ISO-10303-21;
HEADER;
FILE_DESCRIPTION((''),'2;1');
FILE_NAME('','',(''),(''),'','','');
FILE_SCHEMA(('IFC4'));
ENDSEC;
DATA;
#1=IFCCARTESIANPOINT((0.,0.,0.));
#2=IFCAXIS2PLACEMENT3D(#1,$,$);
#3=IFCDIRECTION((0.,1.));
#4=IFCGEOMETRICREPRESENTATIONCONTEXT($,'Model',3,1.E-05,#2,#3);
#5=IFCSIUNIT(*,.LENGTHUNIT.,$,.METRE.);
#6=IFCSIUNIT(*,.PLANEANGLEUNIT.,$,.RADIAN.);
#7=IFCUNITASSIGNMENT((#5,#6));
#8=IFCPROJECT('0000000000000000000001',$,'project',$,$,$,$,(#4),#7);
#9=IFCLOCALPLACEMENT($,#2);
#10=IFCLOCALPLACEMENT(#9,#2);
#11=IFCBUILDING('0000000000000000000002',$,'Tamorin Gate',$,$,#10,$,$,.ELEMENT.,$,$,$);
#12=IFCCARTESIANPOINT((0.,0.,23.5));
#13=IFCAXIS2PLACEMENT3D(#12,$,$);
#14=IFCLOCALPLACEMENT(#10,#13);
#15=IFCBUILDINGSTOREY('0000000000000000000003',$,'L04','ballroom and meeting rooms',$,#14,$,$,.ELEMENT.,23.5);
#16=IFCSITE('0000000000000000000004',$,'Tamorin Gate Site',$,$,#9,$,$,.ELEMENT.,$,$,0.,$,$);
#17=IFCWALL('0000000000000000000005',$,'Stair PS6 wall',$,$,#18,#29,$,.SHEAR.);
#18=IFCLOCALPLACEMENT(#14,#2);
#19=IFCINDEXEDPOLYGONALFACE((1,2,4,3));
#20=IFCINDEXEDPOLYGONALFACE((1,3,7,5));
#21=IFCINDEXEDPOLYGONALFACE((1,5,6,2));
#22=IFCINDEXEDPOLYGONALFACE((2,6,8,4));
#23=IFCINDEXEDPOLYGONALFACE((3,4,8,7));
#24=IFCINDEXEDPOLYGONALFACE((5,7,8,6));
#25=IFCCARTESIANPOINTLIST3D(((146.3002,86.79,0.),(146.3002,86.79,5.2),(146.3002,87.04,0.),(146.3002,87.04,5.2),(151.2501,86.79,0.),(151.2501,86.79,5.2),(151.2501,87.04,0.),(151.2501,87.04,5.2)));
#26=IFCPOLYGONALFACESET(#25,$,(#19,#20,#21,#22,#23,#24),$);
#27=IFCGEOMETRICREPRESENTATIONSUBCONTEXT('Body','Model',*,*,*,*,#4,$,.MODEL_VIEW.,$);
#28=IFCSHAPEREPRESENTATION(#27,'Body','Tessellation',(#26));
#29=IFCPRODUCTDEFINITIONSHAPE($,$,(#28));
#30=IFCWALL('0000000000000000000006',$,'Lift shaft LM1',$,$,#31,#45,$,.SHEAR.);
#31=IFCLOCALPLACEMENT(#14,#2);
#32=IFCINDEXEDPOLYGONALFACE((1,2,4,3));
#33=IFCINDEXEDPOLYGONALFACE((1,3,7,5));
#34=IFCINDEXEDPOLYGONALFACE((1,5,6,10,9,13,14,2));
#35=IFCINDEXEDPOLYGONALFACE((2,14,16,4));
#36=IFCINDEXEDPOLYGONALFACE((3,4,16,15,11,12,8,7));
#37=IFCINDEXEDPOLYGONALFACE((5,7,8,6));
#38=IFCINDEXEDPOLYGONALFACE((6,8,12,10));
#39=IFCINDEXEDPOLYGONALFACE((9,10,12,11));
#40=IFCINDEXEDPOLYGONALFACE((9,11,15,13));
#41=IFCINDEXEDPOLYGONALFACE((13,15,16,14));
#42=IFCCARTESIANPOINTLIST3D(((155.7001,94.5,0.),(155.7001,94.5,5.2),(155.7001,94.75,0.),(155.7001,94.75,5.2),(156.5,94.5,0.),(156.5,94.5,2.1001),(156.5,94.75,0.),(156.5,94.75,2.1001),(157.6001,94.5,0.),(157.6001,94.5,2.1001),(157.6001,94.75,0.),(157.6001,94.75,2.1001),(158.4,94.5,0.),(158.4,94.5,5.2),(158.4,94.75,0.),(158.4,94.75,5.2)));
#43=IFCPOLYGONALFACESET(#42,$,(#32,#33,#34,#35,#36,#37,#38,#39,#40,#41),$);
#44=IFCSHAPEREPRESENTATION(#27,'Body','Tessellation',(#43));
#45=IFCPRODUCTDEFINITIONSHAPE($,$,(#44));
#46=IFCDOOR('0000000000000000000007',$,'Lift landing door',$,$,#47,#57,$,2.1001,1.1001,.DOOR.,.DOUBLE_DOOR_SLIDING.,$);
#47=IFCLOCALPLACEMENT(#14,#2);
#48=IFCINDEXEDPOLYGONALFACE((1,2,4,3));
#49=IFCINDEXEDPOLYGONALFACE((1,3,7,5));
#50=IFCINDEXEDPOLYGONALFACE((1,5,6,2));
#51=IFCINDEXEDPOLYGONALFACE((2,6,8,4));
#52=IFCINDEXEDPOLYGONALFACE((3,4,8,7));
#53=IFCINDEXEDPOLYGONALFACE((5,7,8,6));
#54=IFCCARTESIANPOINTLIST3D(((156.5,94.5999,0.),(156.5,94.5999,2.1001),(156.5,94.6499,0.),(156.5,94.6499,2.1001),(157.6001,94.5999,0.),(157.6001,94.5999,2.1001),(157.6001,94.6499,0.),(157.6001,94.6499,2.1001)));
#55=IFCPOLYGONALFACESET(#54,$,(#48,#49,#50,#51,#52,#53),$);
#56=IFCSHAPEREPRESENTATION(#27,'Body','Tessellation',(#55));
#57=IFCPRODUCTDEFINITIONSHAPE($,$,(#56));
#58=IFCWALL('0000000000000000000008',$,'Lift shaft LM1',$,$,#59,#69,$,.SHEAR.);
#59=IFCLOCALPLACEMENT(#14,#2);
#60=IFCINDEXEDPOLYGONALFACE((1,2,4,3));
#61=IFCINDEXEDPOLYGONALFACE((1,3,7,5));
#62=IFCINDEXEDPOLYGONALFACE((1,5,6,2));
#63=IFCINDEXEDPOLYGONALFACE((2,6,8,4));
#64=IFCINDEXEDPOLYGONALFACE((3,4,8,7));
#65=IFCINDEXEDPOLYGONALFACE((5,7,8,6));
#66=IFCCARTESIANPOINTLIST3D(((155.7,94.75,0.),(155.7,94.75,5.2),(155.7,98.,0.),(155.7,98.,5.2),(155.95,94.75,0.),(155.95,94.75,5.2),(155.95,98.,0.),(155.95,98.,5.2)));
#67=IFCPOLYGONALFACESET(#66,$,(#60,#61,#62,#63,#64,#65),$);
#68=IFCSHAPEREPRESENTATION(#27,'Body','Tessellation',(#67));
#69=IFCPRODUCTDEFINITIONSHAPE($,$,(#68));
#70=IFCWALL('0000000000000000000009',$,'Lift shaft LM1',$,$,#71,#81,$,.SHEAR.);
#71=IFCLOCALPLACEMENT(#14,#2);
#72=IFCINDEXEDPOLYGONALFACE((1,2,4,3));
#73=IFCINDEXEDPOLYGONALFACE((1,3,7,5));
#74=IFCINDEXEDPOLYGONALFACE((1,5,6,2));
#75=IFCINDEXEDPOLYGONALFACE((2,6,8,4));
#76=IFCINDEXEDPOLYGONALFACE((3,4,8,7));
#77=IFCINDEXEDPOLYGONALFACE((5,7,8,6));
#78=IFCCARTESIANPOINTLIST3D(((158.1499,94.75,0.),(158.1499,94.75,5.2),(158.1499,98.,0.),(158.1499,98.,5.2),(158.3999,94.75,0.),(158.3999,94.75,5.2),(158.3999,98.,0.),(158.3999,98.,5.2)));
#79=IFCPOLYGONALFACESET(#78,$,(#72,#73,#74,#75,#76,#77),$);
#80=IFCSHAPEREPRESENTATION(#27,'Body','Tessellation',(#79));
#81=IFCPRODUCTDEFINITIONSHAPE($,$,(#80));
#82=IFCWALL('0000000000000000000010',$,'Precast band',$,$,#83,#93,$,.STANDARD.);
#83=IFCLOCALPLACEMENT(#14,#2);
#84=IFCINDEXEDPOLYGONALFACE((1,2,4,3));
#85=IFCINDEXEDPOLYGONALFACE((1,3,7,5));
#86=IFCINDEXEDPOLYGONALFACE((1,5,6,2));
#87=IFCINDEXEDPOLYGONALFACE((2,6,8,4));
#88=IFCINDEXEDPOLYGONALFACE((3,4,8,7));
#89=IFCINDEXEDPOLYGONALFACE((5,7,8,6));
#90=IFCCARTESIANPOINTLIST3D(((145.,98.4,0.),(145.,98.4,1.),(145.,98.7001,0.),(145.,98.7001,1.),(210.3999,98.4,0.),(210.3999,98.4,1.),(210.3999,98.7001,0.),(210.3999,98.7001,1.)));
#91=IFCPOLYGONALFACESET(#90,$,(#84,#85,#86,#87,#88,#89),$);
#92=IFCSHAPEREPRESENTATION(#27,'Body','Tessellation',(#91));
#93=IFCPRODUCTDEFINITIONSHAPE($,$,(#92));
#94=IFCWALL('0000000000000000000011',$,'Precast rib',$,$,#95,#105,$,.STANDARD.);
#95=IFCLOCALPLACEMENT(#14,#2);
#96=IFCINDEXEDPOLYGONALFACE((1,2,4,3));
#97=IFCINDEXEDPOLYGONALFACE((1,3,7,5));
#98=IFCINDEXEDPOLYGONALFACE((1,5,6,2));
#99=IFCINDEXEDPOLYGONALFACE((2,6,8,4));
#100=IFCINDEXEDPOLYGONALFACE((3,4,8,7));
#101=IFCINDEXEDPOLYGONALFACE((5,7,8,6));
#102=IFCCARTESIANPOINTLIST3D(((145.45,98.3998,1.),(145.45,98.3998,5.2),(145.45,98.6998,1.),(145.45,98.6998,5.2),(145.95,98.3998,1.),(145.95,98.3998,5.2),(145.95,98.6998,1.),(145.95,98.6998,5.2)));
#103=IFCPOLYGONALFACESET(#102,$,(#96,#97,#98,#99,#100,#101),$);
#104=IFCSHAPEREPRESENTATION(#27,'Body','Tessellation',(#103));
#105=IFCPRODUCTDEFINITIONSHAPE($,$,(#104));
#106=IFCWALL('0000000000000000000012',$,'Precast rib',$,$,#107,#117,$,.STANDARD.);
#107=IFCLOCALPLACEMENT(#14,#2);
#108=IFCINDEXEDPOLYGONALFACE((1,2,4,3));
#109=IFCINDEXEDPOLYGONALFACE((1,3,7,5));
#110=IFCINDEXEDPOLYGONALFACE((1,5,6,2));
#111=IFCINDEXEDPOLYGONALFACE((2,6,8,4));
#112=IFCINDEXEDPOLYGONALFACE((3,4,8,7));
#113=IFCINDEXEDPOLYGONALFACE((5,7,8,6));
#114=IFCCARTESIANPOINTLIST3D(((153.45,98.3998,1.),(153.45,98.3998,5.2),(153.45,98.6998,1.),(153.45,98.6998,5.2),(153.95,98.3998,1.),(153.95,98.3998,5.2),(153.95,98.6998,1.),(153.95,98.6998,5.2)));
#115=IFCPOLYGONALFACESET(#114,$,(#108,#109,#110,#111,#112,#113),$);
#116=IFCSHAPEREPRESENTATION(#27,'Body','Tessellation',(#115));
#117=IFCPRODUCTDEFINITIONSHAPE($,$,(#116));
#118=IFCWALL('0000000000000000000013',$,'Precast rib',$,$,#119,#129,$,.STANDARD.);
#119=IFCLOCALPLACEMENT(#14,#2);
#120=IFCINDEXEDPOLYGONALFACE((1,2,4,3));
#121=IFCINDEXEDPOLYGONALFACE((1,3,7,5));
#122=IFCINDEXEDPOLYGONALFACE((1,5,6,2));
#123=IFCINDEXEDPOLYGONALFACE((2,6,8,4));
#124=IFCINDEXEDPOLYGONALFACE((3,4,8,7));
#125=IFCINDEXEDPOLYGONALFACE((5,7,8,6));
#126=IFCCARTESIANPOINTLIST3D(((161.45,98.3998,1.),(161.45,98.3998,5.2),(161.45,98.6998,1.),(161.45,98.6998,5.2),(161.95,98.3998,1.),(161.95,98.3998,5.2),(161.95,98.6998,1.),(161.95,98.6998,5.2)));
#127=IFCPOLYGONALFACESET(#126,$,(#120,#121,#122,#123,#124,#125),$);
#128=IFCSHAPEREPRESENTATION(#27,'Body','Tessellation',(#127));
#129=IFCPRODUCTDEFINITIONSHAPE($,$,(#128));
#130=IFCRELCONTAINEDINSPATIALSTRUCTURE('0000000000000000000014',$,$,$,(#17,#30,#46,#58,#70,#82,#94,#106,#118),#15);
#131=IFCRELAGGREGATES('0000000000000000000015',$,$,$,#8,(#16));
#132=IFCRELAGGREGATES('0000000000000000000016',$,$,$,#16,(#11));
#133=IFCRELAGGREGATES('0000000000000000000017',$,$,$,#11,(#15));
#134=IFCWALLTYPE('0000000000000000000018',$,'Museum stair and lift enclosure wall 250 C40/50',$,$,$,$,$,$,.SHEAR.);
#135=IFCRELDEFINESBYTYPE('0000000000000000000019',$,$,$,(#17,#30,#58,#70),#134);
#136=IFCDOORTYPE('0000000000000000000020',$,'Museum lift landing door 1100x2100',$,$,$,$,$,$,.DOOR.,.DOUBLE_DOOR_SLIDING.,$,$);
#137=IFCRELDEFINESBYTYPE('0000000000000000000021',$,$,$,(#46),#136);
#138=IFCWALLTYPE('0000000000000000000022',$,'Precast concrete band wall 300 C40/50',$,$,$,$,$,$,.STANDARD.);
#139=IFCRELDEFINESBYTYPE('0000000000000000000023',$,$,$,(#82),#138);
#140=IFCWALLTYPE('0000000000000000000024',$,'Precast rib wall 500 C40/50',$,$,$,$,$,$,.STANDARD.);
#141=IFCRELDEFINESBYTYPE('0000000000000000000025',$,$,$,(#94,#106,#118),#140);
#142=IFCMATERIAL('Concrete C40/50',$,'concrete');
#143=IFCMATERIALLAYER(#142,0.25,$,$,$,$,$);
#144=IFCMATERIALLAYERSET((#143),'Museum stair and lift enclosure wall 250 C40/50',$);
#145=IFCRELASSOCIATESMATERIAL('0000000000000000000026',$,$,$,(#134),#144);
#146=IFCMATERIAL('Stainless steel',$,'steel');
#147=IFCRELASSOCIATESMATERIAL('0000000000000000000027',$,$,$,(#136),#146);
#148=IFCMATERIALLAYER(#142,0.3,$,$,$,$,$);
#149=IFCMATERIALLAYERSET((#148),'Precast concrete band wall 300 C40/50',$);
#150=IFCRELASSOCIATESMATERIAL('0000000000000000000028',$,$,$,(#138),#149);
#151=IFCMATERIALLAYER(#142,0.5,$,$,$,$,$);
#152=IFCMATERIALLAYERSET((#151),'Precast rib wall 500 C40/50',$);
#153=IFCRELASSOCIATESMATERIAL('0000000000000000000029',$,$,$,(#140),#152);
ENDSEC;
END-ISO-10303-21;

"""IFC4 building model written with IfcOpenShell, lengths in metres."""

from ifc_helpers import new_model, si_unit, direction, frame, frame_2d, origin, place, context, subcontext, project, spatial, rectangle, extrude, material, layer, layer_set, type_object, element, fill, save


model = new_model("IFC4")

# Units and contexts
model_context = context("Model", 3, precision=1e-05, world=origin(), true_north=direction((0.0, 1.0)))
body_context = subcontext(model_context, "Body", "Model", "MODEL_VIEW")
ifc_project = project(units=[si_unit("LENGTHUNIT", "METRE"), si_unit("PLANEANGLEUNIT", "RADIAN")], contexts=[model_context])

# Site, building, storey
site_placement = place(None, origin())
site = spatial("IfcSite", under=ifc_project, at=site_placement, Name="Tamorin Gate Site", CompositionType="ELEMENT", RefElevation=0.0)
building_placement = place(site_placement, origin())
building = spatial("IfcBuilding", under=site, at=building_placement, Name="Tamorin Gate", CompositionType="ELEMENT")
storey_placement = place(building_placement, frame((0.0, 0.0, 23.5)))
storey = spatial("IfcBuildingStorey", under=building, at=storey_placement, Name="L04", Description="ballroom and meeting rooms", CompositionType="ELEMENT", Elevation=23.5)

# Shared definitions
ifc_material_1 = material(Name="Concrete C40/50", Category="concrete")
ifc_layer_1 = layer(ifc_material_1, 0.25)
ifc_layer_set_1 = layer_set([ifc_layer_1], Name="Museum stair and lift enclosure wall 250 C40/50")
wall_type_1 = type_object("IfcWallType", Name="Museum stair and lift enclosure wall 250 C40/50", PredefinedType="SHEAR", material=ifc_layer_set_1)

# Wall
wall_1_placement = place(storey_placement, frame((146.3, 86.915, 0.0), z_axis=(0.0, 0.0, 1.0), x_axis=(1.0, 0.0, 0.0)))
element("IfcWall", 1, at=wall_1_placement, inside=storey, type_object=wall_type_1, Name="Stair PS6 wall", PredefinedType="SHEAR", context=body_context, shape_type="SweptSolid", body=[
    extrude(rectangle(XDim=4.95, YDim=0.25, at=frame_2d((2.4751, 0.0))), origin(), (0.0, 0.0, 1.0), 5.2),
])

# Wall, opening, door
wall_2_placement = place(storey_placement, frame((155.7, 94.625, 0.0), z_axis=(0.0, 0.0, 1.0), x_axis=(1.0, 0.0, 0.0)))
wall_2 = element("IfcWall", 2, at=wall_2_placement, inside=storey, type_object=wall_type_1, Name="Lift shaft LM1", PredefinedType="SHEAR", context=body_context, shape_type="SweptSolid", body=[
    extrude(rectangle(XDim=2.7, YDim=0.25, at=frame_2d((1.3501, 0.0))), origin(), (0.0, 0.0, 1.0), 5.2),
])
opening_1_placement = place(wall_2_placement, frame((0.8, 0.0, 0.0)))
opening_1 = element("IfcOpeningElement", 3, at=opening_1_placement, cuts=wall_2, PredefinedType="OPENING", context=body_context, shape_type="SweptSolid", body=[
    extrude(rectangle(XDim=1.1001, YDim=2.1001, at=frame_2d((0.55, 1.05))), frame((0.0, 0.135, 0.0), z_axis=(0.0, -1.0, 0.0), x_axis=(1.0, 0.0, 0.0)), (0.0, 0.0, 1.0), 0.27),
])
ifc_material_2 = material(Name="Stainless steel", Category="steel")
door_type_1 = type_object("IfcDoorType", Name="Museum lift landing door 1100x2100", OperationType="DOUBLE_DOOR_SLIDING", PredefinedType="DOOR", material=ifc_material_2)
door_1_placement = place(opening_1_placement, origin())
door_1 = element("IfcDoor", 4, at=door_1_placement, inside=storey, type_object=door_type_1, Name="Lift landing door", OperationType="DOUBLE_DOOR_SLIDING", OverallHeight=2.1001, OverallWidth=1.1001, PredefinedType="DOOR", context=body_context, shape_type="SweptSolid", body=[
    extrude(rectangle(XDim=1.1001, YDim=2.1001, at=frame_2d((0.55, 1.05))), frame((0.0, 0.0249, 0.0), z_axis=(0.0, -1.0, 0.0), x_axis=(1.0, 0.0, 0.0)), (0.0, 0.0, 1.0), 0.05),
])
fill(opening_1, door_1)

# Walls
for number, where, z_axis, x_axis, name in (
    (5, (155.825, 94.75, 0.0), (0.0, 0.0, 1.0), (0.0, 1.0, 0.0), "Lift shaft LM1"),
    (6, (158.2749, 94.75, 0.0), (0.0, 0.0, 1.0), (0.0, 1.0, 0.0), "Lift shaft LM1"),
):
    element("IfcWall", number, at=place(storey_placement, frame(where, z_axis=z_axis, x_axis=x_axis)), inside=storey, type_object=wall_type_1, Name=name, PredefinedType="SHEAR", context=body_context, shape_type="SweptSolid", body=[
        extrude(rectangle(XDim=3.25, YDim=0.25, at=frame_2d((1.625, 0.0))), origin(), (0.0, 0.0, 1.0), 5.2),
    ])
ifc_layer_2 = layer(ifc_material_1, 0.3)
ifc_layer_set_2 = layer_set([ifc_layer_2], Name="Precast concrete band wall 300 C40/50")
wall_type_2 = type_object("IfcWallType", Name="Precast concrete band wall 300 C40/50", PredefinedType="STANDARD", material=ifc_layer_set_2)
wall_3_placement = place(storey_placement, frame((145.0, 98.55, 0.0), z_axis=(0.0, 0.0, 1.0), x_axis=(1.0, 0.0, 0.0)))
element("IfcWall", 7, at=wall_3_placement, inside=storey, type_object=wall_type_2, Name="Precast band", PredefinedType="STANDARD", context=body_context, shape_type="SweptSolid", body=[
    extrude(rectangle(XDim=65.3999, YDim=0.3, at=frame_2d((32.7, 0.0))), origin(), (0.0, 0.0, 1.0), 1.0),
])
ifc_layer_3 = layer(ifc_material_1, 0.5)
ifc_layer_set_3 = layer_set([ifc_layer_3], Name="Precast rib wall 500 C40/50")
wall_type_3 = type_object("IfcWallType", Name="Precast rib wall 500 C40/50", PredefinedType="STANDARD", material=ifc_layer_set_3)
for number, where, z_axis, x_axis, name in (
    (8, (145.7, 98.3999, 1.0), (0.0, 0.0, 1.0), (0.0, 1.0, 0.0), "Precast rib"),
    (9, (153.7, 98.3999, 1.0), (0.0, 0.0, 1.0), (0.0, 1.0, 0.0), "Precast rib"),
    (10, (161.7, 98.3999, 1.0), (0.0, 0.0, 1.0), (0.0, 1.0, 0.0), "Precast rib"),
):
    element("IfcWall", number, at=place(storey_placement, frame(where, z_axis=z_axis, x_axis=x_axis)), inside=storey, type_object=wall_type_3, Name=name, PredefinedType="STANDARD", context=body_context, shape_type="SweptSolid", body=[
        extrude(rectangle(XDim=0.3, YDim=0.5, at=frame_2d((0.1499, 0.0))), origin(), (0.0, 0.0, 1.0), 4.2),
    ])

save(model, "model.ifc")
